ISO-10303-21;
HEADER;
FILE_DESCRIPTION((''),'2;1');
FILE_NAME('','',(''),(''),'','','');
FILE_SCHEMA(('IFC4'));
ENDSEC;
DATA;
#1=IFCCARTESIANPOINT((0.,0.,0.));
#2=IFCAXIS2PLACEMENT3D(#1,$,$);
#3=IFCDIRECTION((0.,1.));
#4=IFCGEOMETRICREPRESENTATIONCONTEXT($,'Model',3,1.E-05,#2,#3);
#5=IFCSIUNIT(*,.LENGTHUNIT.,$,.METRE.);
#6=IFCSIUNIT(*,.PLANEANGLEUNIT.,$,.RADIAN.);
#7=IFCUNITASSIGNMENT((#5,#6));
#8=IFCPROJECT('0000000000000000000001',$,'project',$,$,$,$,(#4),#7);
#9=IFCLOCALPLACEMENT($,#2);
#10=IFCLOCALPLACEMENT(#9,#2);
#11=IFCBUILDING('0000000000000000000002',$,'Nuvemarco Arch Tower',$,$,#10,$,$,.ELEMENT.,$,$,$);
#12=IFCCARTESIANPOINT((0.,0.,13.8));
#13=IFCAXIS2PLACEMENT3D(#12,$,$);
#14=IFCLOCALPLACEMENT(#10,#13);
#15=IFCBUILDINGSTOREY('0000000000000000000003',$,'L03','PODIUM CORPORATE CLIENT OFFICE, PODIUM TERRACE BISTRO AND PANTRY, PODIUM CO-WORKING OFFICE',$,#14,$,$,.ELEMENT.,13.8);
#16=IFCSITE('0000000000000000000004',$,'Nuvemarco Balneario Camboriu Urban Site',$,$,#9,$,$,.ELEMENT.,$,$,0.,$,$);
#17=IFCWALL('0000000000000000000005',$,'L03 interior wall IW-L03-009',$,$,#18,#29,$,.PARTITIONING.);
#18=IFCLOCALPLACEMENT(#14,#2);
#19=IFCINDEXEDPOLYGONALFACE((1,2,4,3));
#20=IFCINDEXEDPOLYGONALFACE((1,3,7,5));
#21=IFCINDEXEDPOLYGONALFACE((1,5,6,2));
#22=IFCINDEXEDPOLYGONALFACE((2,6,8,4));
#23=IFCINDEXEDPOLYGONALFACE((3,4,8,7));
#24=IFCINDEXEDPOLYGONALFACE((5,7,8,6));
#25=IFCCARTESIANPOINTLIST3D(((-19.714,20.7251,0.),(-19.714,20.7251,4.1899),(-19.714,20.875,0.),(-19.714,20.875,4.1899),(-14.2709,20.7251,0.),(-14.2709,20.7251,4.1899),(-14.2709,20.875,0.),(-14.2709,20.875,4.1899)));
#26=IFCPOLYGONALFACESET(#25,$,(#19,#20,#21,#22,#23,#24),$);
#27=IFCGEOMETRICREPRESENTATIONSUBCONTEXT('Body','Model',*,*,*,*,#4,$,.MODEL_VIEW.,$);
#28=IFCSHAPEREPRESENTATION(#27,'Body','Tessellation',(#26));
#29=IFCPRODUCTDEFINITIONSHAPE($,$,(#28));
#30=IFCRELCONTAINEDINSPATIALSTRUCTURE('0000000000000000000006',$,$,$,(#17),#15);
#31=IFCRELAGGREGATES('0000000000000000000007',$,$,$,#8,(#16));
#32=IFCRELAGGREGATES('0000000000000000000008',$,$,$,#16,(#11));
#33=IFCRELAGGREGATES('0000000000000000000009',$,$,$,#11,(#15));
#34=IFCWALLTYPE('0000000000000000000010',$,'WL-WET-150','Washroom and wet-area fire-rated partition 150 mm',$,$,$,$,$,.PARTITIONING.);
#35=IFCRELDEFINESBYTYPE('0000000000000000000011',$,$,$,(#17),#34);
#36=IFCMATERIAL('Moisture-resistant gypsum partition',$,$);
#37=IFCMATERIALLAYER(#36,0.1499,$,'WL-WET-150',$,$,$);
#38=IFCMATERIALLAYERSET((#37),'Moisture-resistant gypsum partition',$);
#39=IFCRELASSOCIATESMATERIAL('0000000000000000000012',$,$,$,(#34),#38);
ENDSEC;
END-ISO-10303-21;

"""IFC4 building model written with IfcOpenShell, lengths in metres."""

from ifc_helpers import new_model, si_unit, direction, frame, frame_2d, origin, place, context, subcontext, project, spatial, rectangle, extrude, material, layer, layer_set, type_object, element, save


model = new_model("IFC4")

# Units and contexts
model_context = context("Model", 3, precision=1e-05, world=origin(), true_north=direction((0.0, 1.0)))
body_context = subcontext(model_context, "Body", "Model", "MODEL_VIEW")
ifc_project = project(units=[si_unit("LENGTHUNIT", "METRE"), si_unit("PLANEANGLEUNIT", "RADIAN")], contexts=[model_context])

# Site, building, storey
site_placement = place(None, origin())
site = spatial("IfcSite", under=ifc_project, at=site_placement, Name="Nuvemarco Balneario Camboriu Urban Site", CompositionType="ELEMENT", RefElevation=0.0)
building_placement = place(site_placement, origin())
building = spatial("IfcBuilding", under=site, at=building_placement, Name="Nuvemarco Arch Tower", CompositionType="ELEMENT")
storey_placement = place(building_placement, frame((0.0, 0.0, 13.8)))
storey = spatial("IfcBuildingStorey", under=building, at=storey_placement, Name="L03", Description="PODIUM CORPORATE CLIENT OFFICE, PODIUM TERRACE BISTRO AND PANTRY, PODIUM CO-WORKING OFFICE", CompositionType="ELEMENT", Elevation=13.8)

# Wall
ifc_material_1 = material(Name="Moisture-resistant gypsum partition")
ifc_layer_1 = layer(ifc_material_1, 0.1499, Name="WL-WET-150")
ifc_layer_set_1 = layer_set([ifc_layer_1], Name="Moisture-resistant gypsum partition")
wall_type_1 = type_object("IfcWallType", Name="WL-WET-150", Description="Washroom and wet-area fire-rated partition 150 mm", PredefinedType="PARTITIONING", material=ifc_layer_set_1)
wall_1_placement = place(storey_placement, frame((-19.7141, 20.8, 0.0), z_axis=(0.0, 0.0, 1.0), x_axis=(1.0, 0.0, 0.0)))
element("IfcWall", 1, at=wall_1_placement, inside=storey, type_object=wall_type_1, Name="L03 interior wall IW-L03-009", PredefinedType="PARTITIONING", context=body_context, shape_type="SweptSolid", body=[
    extrude(rectangle(XDim=5.4431, YDim=0.1499, at=frame_2d((2.7217, 0.0))), origin(), (0.0, 0.0, 1.0), 4.1899),
])

save(model, "model.ifc")
